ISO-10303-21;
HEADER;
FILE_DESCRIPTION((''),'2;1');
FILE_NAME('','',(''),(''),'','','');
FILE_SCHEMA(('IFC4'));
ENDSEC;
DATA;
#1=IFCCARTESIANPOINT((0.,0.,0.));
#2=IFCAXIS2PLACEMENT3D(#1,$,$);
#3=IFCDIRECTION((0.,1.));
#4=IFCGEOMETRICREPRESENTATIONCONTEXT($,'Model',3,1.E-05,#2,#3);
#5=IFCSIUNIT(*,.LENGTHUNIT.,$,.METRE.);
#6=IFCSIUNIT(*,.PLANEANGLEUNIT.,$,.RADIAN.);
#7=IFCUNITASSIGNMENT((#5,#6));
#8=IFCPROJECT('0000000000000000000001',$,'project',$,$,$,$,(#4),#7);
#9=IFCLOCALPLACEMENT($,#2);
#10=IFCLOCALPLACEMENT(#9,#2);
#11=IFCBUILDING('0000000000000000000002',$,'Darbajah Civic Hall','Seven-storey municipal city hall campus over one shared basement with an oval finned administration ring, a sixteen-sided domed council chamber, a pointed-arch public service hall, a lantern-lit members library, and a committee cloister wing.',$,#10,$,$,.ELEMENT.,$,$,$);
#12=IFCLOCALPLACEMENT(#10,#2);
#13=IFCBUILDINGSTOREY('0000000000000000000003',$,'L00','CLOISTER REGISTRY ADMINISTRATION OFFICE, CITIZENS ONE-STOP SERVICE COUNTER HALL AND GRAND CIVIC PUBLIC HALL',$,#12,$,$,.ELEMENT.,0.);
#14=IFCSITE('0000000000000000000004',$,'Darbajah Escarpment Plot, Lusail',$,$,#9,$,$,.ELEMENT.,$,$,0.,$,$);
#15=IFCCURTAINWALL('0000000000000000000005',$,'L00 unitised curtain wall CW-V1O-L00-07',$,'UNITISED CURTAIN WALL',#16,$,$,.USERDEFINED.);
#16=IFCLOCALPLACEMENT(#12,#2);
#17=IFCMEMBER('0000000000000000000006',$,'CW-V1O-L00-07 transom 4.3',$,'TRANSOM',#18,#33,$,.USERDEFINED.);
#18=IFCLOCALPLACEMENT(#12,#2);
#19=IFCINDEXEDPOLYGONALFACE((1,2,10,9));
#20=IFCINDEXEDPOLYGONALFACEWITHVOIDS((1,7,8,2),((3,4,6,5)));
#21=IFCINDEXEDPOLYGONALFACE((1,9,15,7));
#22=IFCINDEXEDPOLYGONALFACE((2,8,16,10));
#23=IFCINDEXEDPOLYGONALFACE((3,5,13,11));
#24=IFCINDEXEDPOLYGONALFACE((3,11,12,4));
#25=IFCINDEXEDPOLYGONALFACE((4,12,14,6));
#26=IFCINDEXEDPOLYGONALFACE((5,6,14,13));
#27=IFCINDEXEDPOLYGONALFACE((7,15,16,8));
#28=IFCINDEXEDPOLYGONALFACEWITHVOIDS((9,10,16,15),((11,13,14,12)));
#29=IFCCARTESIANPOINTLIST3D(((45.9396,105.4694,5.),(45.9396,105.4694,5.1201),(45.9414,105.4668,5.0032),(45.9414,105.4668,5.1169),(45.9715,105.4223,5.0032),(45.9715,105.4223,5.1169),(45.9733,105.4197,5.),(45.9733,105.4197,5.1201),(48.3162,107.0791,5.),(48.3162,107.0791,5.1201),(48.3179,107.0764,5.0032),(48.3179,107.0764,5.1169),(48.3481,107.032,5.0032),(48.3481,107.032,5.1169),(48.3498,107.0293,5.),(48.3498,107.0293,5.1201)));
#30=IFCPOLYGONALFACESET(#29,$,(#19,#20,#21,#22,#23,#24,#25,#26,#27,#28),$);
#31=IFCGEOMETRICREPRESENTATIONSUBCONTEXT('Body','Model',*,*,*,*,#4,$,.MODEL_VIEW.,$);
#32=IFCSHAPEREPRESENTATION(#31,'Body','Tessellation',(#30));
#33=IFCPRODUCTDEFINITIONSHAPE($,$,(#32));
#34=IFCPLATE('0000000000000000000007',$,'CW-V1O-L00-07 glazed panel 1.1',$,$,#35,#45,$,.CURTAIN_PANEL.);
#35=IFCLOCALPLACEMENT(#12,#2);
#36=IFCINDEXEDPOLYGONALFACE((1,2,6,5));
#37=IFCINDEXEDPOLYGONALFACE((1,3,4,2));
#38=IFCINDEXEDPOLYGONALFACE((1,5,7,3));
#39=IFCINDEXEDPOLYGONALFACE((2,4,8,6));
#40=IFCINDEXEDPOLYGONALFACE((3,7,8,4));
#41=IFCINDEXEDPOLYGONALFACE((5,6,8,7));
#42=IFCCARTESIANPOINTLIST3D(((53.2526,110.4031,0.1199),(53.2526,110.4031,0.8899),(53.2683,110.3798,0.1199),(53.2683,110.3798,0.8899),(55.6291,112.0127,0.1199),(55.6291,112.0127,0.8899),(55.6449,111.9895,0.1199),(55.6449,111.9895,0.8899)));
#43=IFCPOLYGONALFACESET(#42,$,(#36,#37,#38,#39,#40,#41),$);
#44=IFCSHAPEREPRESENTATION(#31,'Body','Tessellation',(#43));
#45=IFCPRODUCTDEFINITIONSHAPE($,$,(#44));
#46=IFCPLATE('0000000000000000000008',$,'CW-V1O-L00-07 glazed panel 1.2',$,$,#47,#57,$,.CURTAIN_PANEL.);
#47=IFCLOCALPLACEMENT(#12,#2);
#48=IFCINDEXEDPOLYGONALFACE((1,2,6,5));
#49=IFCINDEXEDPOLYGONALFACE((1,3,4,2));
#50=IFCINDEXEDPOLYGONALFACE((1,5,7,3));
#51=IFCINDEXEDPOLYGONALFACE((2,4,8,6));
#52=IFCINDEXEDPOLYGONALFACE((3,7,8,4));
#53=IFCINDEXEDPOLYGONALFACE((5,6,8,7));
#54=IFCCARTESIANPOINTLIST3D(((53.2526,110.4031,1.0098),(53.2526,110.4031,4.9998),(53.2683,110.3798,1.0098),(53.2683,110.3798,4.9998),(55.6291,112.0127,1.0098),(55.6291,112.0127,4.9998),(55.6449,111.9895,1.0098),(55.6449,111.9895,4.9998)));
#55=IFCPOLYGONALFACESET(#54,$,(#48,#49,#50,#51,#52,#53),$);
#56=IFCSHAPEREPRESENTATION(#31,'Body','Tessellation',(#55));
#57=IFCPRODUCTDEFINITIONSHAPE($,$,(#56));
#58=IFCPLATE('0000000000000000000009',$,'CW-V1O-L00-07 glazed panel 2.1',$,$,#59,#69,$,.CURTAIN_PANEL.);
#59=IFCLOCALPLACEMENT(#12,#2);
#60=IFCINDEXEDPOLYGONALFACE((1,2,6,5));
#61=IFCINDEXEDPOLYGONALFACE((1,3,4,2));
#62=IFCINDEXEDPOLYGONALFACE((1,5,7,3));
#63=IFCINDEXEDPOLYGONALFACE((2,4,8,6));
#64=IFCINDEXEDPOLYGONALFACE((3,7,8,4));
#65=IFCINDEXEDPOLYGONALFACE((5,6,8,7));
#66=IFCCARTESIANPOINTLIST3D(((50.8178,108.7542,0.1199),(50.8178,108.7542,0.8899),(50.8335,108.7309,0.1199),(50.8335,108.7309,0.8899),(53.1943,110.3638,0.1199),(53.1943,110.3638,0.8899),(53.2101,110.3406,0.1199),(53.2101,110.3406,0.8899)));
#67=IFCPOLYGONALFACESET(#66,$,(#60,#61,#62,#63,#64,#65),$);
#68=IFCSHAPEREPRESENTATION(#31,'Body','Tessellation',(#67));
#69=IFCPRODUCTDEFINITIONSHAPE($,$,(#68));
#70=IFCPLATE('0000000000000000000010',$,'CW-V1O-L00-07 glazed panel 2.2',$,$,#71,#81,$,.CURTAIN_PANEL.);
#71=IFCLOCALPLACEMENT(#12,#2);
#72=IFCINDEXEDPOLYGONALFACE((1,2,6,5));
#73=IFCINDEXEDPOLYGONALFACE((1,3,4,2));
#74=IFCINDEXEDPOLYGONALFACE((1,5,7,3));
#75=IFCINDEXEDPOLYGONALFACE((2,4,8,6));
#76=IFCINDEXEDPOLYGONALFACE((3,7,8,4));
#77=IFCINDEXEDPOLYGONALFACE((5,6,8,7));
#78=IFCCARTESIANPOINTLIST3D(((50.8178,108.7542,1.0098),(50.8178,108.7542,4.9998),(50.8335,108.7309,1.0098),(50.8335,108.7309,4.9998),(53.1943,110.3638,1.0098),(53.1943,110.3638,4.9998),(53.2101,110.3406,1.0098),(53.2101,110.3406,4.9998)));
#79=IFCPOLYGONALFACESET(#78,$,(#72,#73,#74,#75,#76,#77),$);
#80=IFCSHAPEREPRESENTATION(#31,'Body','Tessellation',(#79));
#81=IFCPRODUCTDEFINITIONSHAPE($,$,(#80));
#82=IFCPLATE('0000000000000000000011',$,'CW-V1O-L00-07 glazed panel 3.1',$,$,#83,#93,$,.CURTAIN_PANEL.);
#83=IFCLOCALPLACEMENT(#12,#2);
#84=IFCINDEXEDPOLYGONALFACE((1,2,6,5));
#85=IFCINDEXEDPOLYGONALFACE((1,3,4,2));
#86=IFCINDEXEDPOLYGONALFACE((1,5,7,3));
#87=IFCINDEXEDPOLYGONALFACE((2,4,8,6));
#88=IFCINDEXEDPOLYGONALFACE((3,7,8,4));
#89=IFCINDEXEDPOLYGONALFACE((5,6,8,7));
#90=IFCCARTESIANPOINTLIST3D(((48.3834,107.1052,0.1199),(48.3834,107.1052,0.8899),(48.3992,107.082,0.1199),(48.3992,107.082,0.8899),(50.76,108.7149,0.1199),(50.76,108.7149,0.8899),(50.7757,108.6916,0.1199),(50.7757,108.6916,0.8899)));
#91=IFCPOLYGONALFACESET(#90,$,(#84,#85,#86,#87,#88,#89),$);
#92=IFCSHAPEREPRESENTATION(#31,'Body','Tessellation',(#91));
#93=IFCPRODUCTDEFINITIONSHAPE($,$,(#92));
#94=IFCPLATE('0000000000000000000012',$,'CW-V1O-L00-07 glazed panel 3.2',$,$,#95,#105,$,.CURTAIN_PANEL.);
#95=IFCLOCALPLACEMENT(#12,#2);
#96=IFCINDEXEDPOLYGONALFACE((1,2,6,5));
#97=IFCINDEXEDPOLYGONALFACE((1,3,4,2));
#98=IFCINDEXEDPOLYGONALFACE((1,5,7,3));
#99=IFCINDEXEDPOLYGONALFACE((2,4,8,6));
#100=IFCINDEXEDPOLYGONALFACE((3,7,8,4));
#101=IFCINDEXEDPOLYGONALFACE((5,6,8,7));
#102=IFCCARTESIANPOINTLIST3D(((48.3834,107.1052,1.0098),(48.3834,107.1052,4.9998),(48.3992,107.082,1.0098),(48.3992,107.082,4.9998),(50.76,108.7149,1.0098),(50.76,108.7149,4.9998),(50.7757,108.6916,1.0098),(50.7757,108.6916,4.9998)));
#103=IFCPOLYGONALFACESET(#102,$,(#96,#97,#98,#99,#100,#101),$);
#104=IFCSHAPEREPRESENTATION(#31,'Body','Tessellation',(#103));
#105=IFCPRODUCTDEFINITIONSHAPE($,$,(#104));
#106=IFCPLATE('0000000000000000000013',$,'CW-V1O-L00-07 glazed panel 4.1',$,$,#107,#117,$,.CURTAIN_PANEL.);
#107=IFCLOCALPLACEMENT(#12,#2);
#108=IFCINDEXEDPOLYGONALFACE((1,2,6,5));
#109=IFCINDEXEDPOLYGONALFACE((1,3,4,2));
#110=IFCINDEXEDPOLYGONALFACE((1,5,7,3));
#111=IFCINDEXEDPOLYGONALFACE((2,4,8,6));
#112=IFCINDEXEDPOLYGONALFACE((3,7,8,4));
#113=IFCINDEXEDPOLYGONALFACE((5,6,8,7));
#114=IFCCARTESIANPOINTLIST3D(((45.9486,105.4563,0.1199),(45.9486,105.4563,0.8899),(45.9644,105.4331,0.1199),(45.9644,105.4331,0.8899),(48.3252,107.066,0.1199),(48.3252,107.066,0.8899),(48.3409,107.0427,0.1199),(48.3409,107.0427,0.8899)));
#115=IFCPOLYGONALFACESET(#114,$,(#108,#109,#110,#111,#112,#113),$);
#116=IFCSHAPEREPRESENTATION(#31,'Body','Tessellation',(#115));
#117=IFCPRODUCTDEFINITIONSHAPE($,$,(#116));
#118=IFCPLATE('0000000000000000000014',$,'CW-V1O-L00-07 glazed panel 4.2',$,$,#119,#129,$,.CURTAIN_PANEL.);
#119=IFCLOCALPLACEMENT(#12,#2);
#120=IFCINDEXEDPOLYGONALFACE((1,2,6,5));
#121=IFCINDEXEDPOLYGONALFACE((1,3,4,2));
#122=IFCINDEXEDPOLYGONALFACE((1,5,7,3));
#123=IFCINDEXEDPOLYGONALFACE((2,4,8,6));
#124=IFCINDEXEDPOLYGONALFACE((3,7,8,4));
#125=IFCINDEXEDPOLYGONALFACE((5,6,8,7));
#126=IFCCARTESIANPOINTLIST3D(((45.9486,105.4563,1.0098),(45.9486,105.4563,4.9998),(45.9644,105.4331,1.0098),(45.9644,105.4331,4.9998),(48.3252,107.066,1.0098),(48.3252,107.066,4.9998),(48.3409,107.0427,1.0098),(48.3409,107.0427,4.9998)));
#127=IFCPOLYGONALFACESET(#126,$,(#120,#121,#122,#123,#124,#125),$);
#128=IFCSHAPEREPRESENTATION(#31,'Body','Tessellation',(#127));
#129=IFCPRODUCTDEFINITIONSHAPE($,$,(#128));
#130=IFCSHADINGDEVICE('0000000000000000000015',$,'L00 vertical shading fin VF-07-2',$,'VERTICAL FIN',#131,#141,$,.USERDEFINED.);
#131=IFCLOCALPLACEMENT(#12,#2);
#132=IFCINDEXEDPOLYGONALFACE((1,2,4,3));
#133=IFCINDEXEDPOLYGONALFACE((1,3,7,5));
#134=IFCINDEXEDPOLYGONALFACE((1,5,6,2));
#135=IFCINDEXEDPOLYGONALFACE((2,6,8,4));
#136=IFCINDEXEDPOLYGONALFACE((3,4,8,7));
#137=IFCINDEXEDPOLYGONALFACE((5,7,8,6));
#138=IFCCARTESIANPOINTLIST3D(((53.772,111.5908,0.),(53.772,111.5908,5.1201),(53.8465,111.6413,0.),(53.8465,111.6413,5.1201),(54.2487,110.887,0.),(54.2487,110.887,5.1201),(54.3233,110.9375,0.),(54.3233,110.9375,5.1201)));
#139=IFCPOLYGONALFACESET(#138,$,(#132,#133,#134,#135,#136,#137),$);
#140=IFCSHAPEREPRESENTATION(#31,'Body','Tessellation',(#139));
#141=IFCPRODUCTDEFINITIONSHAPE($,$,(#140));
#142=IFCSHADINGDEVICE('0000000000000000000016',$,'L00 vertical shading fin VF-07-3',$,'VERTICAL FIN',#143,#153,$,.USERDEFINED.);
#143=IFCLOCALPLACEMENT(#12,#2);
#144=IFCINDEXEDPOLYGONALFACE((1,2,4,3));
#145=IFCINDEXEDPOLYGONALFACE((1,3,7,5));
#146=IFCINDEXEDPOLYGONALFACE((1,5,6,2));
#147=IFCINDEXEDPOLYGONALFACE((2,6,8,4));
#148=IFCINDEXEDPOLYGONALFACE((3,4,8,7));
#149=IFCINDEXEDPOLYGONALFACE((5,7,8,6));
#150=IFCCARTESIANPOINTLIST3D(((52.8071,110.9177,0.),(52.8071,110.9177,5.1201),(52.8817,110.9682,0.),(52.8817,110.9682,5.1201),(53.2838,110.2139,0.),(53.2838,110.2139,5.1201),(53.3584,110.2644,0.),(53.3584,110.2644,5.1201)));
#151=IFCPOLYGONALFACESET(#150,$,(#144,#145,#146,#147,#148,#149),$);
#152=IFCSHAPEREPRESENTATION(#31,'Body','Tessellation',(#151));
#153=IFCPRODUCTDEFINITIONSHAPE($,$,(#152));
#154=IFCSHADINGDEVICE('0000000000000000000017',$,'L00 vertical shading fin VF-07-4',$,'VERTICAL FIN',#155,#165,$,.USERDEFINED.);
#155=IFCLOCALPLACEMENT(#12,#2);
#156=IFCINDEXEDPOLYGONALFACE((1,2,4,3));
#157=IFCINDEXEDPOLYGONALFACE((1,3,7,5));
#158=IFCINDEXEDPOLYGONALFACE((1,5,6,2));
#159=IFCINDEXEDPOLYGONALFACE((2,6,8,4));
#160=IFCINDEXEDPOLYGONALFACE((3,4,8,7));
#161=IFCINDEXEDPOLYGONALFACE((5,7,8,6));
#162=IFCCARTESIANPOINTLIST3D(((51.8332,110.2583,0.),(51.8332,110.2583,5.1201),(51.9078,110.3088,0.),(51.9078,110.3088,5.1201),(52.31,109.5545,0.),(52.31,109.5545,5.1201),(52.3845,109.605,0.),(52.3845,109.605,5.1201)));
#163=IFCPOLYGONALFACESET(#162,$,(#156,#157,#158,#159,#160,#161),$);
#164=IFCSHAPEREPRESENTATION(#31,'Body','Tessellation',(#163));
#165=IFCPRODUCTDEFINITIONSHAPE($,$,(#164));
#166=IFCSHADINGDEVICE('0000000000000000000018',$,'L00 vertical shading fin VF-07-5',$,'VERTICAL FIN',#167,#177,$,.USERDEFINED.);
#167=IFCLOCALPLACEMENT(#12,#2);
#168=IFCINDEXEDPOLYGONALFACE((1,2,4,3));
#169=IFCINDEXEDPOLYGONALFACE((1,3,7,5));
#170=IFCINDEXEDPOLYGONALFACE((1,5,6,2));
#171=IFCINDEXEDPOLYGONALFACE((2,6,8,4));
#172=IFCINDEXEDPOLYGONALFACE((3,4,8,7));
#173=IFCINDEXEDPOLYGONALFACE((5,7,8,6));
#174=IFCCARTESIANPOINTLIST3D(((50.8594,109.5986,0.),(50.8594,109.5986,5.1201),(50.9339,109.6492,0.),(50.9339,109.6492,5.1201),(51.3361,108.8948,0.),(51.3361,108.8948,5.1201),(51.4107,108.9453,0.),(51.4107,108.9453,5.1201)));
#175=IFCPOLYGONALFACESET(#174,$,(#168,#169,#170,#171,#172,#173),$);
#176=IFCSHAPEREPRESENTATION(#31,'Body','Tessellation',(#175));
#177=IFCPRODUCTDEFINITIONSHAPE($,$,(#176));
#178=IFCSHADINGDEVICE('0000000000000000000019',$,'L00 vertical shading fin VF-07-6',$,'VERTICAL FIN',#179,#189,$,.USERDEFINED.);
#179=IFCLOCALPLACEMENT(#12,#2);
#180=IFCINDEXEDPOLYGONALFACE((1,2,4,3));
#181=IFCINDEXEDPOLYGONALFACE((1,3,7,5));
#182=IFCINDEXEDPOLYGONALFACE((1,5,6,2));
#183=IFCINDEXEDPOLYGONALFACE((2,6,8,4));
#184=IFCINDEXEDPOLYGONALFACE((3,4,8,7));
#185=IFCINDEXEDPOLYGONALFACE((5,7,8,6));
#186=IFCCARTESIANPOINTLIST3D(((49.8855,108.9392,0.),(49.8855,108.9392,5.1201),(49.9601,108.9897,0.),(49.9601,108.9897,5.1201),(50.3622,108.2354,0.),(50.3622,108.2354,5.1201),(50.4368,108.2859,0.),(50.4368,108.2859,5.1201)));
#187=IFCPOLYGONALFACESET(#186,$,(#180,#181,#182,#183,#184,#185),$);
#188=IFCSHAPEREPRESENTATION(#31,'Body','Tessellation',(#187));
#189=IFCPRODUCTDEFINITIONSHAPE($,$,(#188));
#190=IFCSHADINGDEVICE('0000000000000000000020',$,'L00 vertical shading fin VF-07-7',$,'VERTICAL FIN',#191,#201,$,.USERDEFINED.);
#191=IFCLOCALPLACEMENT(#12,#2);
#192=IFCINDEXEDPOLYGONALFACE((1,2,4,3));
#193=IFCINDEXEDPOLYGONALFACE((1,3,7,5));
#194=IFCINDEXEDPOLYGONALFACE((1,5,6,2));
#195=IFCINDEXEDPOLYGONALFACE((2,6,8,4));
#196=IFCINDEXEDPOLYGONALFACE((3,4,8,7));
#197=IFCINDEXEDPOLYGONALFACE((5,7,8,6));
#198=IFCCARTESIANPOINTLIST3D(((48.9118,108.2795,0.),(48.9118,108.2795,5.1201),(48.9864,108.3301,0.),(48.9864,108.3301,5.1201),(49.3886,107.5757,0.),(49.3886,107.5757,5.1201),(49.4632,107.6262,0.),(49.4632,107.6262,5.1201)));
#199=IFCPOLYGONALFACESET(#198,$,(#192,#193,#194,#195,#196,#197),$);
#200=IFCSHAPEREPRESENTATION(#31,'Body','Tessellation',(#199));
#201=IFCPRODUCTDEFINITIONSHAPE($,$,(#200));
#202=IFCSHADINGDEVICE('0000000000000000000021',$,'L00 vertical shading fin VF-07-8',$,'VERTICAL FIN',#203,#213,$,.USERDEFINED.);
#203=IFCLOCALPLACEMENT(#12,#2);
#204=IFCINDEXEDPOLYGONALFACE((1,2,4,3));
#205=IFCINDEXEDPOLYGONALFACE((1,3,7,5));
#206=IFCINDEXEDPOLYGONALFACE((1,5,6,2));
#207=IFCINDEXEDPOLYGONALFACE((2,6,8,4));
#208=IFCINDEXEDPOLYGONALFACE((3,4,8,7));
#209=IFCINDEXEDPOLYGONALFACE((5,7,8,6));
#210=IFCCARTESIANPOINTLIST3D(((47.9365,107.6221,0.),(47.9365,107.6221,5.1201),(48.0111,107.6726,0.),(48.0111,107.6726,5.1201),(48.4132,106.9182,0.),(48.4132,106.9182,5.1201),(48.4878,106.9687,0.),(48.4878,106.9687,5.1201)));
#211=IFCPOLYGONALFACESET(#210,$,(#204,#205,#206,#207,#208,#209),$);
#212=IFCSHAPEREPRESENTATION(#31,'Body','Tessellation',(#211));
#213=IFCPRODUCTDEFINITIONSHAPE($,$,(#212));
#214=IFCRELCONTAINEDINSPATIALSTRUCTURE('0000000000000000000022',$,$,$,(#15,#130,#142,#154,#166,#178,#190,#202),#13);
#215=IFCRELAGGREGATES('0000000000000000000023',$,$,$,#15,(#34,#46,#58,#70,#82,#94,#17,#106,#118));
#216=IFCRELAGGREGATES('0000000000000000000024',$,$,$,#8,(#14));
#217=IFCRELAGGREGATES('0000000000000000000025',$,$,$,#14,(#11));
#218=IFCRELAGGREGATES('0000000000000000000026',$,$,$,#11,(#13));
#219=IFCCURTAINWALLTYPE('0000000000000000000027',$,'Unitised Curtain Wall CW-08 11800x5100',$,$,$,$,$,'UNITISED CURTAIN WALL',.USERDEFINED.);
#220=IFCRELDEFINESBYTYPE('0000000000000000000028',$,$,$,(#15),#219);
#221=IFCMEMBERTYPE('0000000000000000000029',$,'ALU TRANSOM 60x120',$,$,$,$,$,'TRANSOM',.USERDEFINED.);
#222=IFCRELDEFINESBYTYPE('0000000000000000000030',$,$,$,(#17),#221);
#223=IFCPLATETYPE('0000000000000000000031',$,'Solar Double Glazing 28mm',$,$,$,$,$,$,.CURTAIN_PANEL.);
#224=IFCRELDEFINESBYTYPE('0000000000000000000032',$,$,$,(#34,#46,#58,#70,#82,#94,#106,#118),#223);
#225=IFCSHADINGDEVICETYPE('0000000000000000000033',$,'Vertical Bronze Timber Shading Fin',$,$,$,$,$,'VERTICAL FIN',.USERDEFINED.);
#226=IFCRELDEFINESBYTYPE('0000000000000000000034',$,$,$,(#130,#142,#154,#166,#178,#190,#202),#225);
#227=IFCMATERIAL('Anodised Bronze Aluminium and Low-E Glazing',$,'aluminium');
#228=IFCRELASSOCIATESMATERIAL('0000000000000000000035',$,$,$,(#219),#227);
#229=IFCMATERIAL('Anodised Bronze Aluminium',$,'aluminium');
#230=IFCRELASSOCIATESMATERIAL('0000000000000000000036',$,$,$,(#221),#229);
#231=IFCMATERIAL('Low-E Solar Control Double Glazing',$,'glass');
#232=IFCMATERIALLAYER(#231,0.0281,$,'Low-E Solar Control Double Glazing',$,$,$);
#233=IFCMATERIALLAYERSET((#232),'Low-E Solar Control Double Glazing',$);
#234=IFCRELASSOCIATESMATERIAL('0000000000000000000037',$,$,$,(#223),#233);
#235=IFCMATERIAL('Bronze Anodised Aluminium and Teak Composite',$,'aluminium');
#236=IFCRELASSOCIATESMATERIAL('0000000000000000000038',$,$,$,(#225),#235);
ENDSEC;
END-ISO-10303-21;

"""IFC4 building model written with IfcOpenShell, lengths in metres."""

from ifc_helpers import new_model, si_unit, direction, frame, origin, origin_2d, place, context, subcontext, project, spatial, rectangle, hollow_rectangle, extrude, material, layer, layer_set, material_profile, profile_set, type_object, element, aggregate, save


model = new_model("IFC4")

# Units and contexts
model_context = context("Model", 3, precision=1e-05, world=origin(), true_north=direction((0.0, 1.0)))
body_context = subcontext(model_context, "Body", "Model", "MODEL_VIEW")
ifc_project = project(units=[si_unit("LENGTHUNIT", "METRE"), si_unit("PLANEANGLEUNIT", "RADIAN")], contexts=[model_context])

# Site, building, storey
site_placement = place(None, origin())
site = spatial("IfcSite", under=ifc_project, at=site_placement, Name="Darbajah Escarpment Plot, Lusail", CompositionType="ELEMENT", RefElevation=0.0)
building_placement = place(site_placement, origin())
building = spatial("IfcBuilding", under=site, at=building_placement, Name="Darbajah Civic Hall", Description="Seven-storey municipal city hall campus over one shared basement with an oval finned administration ring, a sixteen-sided domed council chamber, a pointed-arch public service hall, a lantern-lit members library, and a committee cloister wing.", CompositionType="ELEMENT")
storey_placement = place(building_placement, origin())
storey = spatial("IfcBuildingStorey", under=building, at=storey_placement, Name="L00", Description="CLOISTER REGISTRY ADMINISTRATION OFFICE, CITIZENS ONE-STOP SERVICE COUNTER HALL AND GRAND CIVIC PUBLIC HALL", CompositionType="ELEMENT", Elevation=0.0)

# Curtain wall, member, plates
ifc_material_1 = material(Name="Anodised Bronze Aluminium and Low-E Glazing", Category="aluminium")
curtain_wall_type = type_object("IfcCurtainWallType", Name="Unitised Curtain Wall CW-08 11800x5100", ElementType="UNITISED CURTAIN WALL", PredefinedType="USERDEFINED", material=ifc_material_1)
curtain_wall_placement = place(storey_placement, origin())
curtain_wall = element("IfcCurtainWall", 1, at=curtain_wall_placement, inside=storey, type_object=curtain_wall_type, Name="L00 unitised curtain wall CW-V1O-L00-07", ObjectType="UNITISED CURTAIN WALL", PredefinedType="USERDEFINED")
ifc_material_2 = material(Name="Anodised Bronze Aluminium", Category="aluminium")
ifc_material_profile_1 = material_profile(ifc_material_2, hollow_rectangle(XDim=0.0601, YDim=0.1201, WallThickness=0.0032, at=origin_2d()), Name="ALU TRANSOM 60x120")
ifc_profile_set_1 = profile_set([ifc_material_profile_1], Name="Anodised Bronze Aluminium")
member_type_1 = type_object("IfcMemberType", Name="ALU TRANSOM 60x120", ElementType="TRANSOM", PredefinedType="USERDEFINED", material=ifc_profile_set_1)
member_1_placement = place(storey_placement, frame((48.333, 107.0542, 5.0601), z_axis=(-0.827958, -0.56079, 0.0), x_axis=(0.56079, -0.827958, 0.0)))
member_1 = element("IfcMember", 2, at=member_1_placement, type_object=member_type_1, Name="CW-V1O-L00-07 transom 4.3", ObjectType="TRANSOM", PredefinedType="USERDEFINED", context=body_context, shape_type="SweptSolid", body=[
    extrude(hollow_rectangle(XDim=0.0601, YDim=0.1201, WallThickness=0.0032, at=origin_2d()), origin(), (0.0, 0.0, 1.0), 2.8704),
])
ifc_material_3 = material(Name="Low-E Solar Control Double Glazing", Category="glass")
ifc_layer = layer(ifc_material_3, 0.0281, Name="Low-E Solar Control Double Glazing")
ifc_layer_set = layer_set([ifc_layer], Name="Low-E Solar Control Double Glazing")
plate_type = type_object("IfcPlateType", Name="Solar Double Glazing 28mm", PredefinedType="CURTAIN_PANEL", material=ifc_layer_set)
plate_1_placement = place(storey_placement, frame((54.4487, 111.1963, 0.1199), z_axis=(0.0, 0.0, 1.0), x_axis=(-0.827962, -0.560784, 0.0)))
plate_1 = element("IfcPlate", 3, at=plate_1_placement, type_object=plate_type, Name="CW-V1O-L00-07 glazed panel 1.1", PredefinedType="CURTAIN_PANEL", context=body_context, shape_type="SweptSolid", body=[
    extrude(rectangle(XDim=2.8704, YDim=0.0281, at=origin_2d()), origin(), (0.0, 0.0, 1.0), 0.77),
])
plate_2_placement = place(storey_placement, frame((54.4487, 111.1963, 1.0098), z_axis=(0.0, 0.0, 1.0), x_axis=(-0.827962, -0.560784, 0.0)))
plate_2 = element("IfcPlate", 4, at=plate_2_placement, type_object=plate_type, Name="CW-V1O-L00-07 glazed panel 1.2", PredefinedType="CURTAIN_PANEL", context=body_context, shape_type="SweptSolid", body=[
    extrude(rectangle(XDim=2.8704, YDim=0.0281, at=origin_2d()), origin(), (0.0, 0.0, 1.0), 3.99),
])
plate_3_placement = place(storey_placement, frame((52.0139, 109.5474, 0.1199), z_axis=(0.0, 0.0, 1.0), x_axis=(-0.827962, -0.560784, 0.0)))
plate_3 = element("IfcPlate", 5, at=plate_3_placement, type_object=plate_type, Name="CW-V1O-L00-07 glazed panel 2.1", PredefinedType="CURTAIN_PANEL", context=body_context, shape_type="SweptSolid", body=[
    extrude(rectangle(XDim=2.8704, YDim=0.0281, at=origin_2d()), origin(), (0.0, 0.0, 1.0), 0.77),
])
plate_4_placement = place(storey_placement, frame((52.0139, 109.5474, 1.0098), z_axis=(0.0, 0.0, 1.0), x_axis=(-0.827962, -0.560784, 0.0)))
plate_4 = element("IfcPlate", 6, at=plate_4_placement, type_object=plate_type, Name="CW-V1O-L00-07 glazed panel 2.2", PredefinedType="CURTAIN_PANEL", context=body_context, shape_type="SweptSolid", body=[
    extrude(rectangle(XDim=2.8704, YDim=0.0281, at=origin_2d()), origin(), (0.0, 0.0, 1.0), 3.99),
])
plate_5_placement = place(storey_placement, frame((49.5796, 107.8984, 0.1199), z_axis=(0.0, 0.0, 1.0), x_axis=(-0.827962, -0.560784, 0.0)))
plate_5 = element("IfcPlate", 7, at=plate_5_placement, type_object=plate_type, Name="CW-V1O-L00-07 glazed panel 3.1", PredefinedType="CURTAIN_PANEL", context=body_context, shape_type="SweptSolid", body=[
    extrude(rectangle(XDim=2.8704, YDim=0.0281, at=origin_2d()), origin(), (0.0, 0.0, 1.0), 0.77),
])
plate_6_placement = place(storey_placement, frame((49.5796, 107.8984, 1.0098), z_axis=(0.0, 0.0, 1.0), x_axis=(-0.827962, -0.560784, 0.0)))
plate_6 = element("IfcPlate", 8, at=plate_6_placement, type_object=plate_type, Name="CW-V1O-L00-07 glazed panel 3.2", PredefinedType="CURTAIN_PANEL", context=body_context, shape_type="SweptSolid", body=[
    extrude(rectangle(XDim=2.8704, YDim=0.0281, at=origin_2d()), origin(), (0.0, 0.0, 1.0), 3.99),
])
plate_7_placement = place(storey_placement, frame((47.1448, 106.2495, 0.1199), z_axis=(0.0, 0.0, 1.0), x_axis=(-0.827962, -0.560784, 0.0)))
plate_7 = element("IfcPlate", 9, at=plate_7_placement, type_object=plate_type, Name="CW-V1O-L00-07 glazed panel 4.1", PredefinedType="CURTAIN_PANEL", context=body_context, shape_type="SweptSolid", body=[
    extrude(rectangle(XDim=2.8704, YDim=0.0281, at=origin_2d()), origin(), (0.0, 0.0, 1.0), 0.77),
])
plate_8_placement = place(storey_placement, frame((47.1448, 106.2495, 1.0098), z_axis=(0.0, 0.0, 1.0), x_axis=(-0.827962, -0.560784, 0.0)))
plate_8 = element("IfcPlate", 10, at=plate_8_placement, type_object=plate_type, Name="CW-V1O-L00-07 glazed panel 4.2", PredefinedType="CURTAIN_PANEL", context=body_context, shape_type="SweptSolid", body=[
    extrude(rectangle(XDim=2.8704, YDim=0.0281, at=origin_2d()), origin(), (0.0, 0.0, 1.0), 3.99),
])
aggregate(curtain_wall, [plate_1, plate_2, plate_3, plate_4, plate_5, plate_6, member_1, plate_7, plate_8])

# Shading devices
ifc_material_4 = material(Name="Bronze Anodised Aluminium and Teak Composite", Category="aluminium")
shading_device_type = type_object("IfcShadingDeviceType", Name="Vertical Bronze Timber Shading Fin", ElementType="VERTICAL FIN", PredefinedType="USERDEFINED", material=ifc_material_4)
for number, where, z_axis, x_axis, name in (
    (11, (54.0476, 111.2642, 0.0), (0.0, 0.0, 1.0), (-0.560784, 0.827962, 0.0), "L00 vertical shading fin VF-07-2"),
    (12, (53.0828, 110.5911, 0.0), (0.0, 0.0, 1.0), (-0.560784, 0.827962, 0.0), "L00 vertical shading fin VF-07-3"),
    (13, (52.1089, 109.9316, 0.0), (0.0, 0.0, 1.0), (-0.560784, 0.827962, 0.0), "L00 vertical shading fin VF-07-4"),
    (14, (51.135, 109.272, 0.0), (0.0, 0.0, 1.0), (-0.560784, 0.827962, 0.0), "L00 vertical shading fin VF-07-5"),
    (15, (50.1611, 108.6125, 0.0), (0.0, 0.0, 1.0), (-0.560784, 0.827962, 0.0), "L00 vertical shading fin VF-07-6"),
    (16, (49.1875, 107.9529, 0.0), (0.0, 0.0, 1.0), (-0.560784, 0.827962, 0.0), "L00 vertical shading fin VF-07-7"),
    (17, (48.2122, 107.2954, 0.0), (0.0, 0.0, 1.0), (-0.560784, 0.827962, 0.0), "L00 vertical shading fin VF-07-8"),
):
    element("IfcShadingDevice", number, at=place(storey_placement, frame(where, z_axis=z_axis, x_axis=x_axis)), inside=storey, type_object=shading_device_type, Name=name, ObjectType="VERTICAL FIN", PredefinedType="USERDEFINED", context=body_context, shape_type="SweptSolid", body=[
        extrude(rectangle(XDim=0.8501, YDim=0.0901, at=origin_2d()), origin(), (0.0, 0.0, 1.0), 5.1201),
    ])

save(model, "model.ifc")
